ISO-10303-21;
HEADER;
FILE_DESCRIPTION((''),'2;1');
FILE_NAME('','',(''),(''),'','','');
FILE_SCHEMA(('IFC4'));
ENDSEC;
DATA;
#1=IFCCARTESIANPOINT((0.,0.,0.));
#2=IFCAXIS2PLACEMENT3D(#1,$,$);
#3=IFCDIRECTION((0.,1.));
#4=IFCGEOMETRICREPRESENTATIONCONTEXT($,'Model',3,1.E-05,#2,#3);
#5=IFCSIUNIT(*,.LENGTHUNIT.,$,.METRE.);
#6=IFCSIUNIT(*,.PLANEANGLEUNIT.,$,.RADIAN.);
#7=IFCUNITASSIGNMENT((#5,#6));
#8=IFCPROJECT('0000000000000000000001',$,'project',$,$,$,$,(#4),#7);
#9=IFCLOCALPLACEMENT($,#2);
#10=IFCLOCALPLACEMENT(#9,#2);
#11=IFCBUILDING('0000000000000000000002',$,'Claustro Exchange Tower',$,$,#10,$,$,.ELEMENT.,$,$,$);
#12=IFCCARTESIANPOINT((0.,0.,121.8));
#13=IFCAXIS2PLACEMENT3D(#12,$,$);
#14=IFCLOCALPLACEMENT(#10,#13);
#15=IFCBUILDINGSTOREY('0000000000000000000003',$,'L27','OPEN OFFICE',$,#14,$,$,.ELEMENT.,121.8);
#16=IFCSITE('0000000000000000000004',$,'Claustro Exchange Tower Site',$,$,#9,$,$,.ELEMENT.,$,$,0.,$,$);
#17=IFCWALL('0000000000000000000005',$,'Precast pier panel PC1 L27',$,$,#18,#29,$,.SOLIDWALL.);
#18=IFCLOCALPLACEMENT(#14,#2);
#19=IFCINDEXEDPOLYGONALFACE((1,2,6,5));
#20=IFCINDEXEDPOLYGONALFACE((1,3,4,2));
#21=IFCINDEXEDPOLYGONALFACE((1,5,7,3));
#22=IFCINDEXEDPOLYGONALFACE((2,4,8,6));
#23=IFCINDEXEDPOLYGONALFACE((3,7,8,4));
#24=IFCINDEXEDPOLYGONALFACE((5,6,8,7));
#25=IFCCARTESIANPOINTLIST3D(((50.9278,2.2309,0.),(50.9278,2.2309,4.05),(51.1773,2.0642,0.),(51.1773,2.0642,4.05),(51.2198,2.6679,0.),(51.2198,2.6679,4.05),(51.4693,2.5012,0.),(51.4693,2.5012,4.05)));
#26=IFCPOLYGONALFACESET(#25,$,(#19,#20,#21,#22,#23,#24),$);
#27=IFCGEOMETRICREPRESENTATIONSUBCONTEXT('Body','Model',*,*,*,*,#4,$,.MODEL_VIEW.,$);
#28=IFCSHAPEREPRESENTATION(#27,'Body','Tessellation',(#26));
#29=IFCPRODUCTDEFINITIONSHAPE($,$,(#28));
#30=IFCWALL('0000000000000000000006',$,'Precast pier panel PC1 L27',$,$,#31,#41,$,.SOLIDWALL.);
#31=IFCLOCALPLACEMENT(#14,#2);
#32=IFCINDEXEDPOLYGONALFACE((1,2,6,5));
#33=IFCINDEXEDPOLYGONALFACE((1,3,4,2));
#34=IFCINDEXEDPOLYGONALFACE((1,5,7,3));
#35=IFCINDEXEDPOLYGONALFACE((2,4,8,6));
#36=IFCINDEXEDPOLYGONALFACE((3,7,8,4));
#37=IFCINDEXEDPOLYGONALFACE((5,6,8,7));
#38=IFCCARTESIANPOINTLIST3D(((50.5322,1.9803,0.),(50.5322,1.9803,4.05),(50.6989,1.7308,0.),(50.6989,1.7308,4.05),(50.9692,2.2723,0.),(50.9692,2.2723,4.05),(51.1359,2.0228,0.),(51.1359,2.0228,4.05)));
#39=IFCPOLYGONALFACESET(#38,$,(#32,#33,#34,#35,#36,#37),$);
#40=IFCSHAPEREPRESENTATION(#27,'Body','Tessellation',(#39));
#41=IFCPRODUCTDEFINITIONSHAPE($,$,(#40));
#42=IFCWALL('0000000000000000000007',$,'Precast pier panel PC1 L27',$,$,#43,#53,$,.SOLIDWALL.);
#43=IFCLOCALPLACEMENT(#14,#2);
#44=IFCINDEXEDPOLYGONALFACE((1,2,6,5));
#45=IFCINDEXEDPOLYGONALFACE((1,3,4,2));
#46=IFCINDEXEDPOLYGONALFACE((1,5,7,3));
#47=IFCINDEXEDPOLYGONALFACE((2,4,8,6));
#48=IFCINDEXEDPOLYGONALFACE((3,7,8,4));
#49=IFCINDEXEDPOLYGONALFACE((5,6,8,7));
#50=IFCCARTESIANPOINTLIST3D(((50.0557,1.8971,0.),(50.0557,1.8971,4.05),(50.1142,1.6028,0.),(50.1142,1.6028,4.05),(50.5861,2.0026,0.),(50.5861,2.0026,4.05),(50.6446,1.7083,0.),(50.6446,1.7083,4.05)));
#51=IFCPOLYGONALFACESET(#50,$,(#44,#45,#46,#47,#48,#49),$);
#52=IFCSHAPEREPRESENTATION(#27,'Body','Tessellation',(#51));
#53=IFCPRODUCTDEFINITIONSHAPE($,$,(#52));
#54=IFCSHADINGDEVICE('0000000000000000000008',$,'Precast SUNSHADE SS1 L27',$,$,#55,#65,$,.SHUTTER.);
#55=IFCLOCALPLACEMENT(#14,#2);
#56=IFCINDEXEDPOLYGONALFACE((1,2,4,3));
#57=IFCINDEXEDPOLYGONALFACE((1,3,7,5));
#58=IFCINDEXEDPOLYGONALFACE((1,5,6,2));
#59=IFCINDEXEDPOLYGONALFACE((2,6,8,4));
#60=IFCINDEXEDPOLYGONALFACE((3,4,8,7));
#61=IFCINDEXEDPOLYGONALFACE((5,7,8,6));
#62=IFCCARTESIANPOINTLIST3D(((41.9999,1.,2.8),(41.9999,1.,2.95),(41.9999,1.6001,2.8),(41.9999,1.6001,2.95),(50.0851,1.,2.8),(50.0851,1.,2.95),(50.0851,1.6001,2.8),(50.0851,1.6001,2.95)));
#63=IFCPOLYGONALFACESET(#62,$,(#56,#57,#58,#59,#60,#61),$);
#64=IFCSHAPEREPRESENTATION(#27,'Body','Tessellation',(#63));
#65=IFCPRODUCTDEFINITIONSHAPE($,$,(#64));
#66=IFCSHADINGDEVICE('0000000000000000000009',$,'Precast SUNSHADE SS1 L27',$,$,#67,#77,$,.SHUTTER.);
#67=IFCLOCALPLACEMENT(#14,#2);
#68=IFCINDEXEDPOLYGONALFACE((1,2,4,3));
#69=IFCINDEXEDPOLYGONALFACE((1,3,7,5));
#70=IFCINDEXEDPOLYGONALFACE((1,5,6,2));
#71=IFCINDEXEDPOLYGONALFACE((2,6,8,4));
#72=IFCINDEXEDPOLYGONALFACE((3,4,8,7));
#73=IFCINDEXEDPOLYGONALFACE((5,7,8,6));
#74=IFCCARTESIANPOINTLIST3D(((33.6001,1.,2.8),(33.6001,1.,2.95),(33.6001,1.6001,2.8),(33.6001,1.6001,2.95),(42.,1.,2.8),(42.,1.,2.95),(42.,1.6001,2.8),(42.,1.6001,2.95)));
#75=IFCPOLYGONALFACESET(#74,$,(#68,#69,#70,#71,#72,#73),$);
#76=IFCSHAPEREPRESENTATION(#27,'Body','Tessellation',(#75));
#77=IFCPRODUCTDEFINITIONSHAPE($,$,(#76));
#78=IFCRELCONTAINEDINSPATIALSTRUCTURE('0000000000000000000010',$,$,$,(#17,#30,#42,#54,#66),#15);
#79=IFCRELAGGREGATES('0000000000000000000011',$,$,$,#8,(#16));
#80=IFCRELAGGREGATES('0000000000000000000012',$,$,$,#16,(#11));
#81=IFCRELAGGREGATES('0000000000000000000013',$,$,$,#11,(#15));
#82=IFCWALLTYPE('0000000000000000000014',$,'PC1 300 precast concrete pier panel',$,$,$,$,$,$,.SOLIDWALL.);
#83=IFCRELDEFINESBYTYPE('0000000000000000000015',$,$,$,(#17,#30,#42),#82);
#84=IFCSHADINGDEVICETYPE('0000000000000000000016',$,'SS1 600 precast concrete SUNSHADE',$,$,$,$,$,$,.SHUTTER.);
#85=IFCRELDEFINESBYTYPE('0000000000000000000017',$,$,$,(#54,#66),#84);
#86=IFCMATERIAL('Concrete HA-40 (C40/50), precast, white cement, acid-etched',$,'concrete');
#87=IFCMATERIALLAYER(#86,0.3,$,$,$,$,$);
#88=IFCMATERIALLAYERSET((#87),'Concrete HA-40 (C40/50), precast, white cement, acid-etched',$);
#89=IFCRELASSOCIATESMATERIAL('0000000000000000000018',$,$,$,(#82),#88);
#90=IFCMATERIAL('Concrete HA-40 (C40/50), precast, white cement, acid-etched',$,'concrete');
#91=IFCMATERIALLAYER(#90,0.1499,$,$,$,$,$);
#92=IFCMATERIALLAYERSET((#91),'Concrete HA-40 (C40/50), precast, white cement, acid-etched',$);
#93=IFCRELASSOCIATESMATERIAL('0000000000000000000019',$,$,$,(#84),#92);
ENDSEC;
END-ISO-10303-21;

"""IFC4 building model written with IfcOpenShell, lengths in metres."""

from ifc_helpers import new_model, si_unit, direction, frame, frame_2d, origin, origin_2d, place, context, subcontext, project, spatial, rectangle, extrude, material, layer, layer_set, type_object, element, save


model = new_model("IFC4")

# Units and contexts
model_context = context("Model", 3, precision=1e-05, world=origin(), true_north=direction((0.0, 1.0)))
body_context = subcontext(model_context, "Body", "Model", "MODEL_VIEW")
ifc_project = project(units=[si_unit("LENGTHUNIT", "METRE"), si_unit("PLANEANGLEUNIT", "RADIAN")], contexts=[model_context])

# Site, building, storey
site_placement = place(None, origin())
site = spatial("IfcSite", under=ifc_project, at=site_placement, Name="Claustro Exchange Tower Site", CompositionType="ELEMENT", RefElevation=0.0)
building_placement = place(site_placement, origin())
building = spatial("IfcBuilding", under=site, at=building_placement, Name="Claustro Exchange Tower", CompositionType="ELEMENT")
storey_placement = place(building_placement, frame((0.0, 0.0, 121.8)))
storey = spatial("IfcBuildingStorey", under=building, at=storey_placement, Name="L27", Description="OPEN OFFICE", CompositionType="ELEMENT", Elevation=121.8)

# Shared definitions
ifc_material_1 = material(Name="Concrete HA-40 (C40/50), precast, white cement, acid-etched", Category="concrete")
ifc_layer_1 = layer(ifc_material_1, 0.3)
ifc_layer_set_1 = layer_set([ifc_layer_1], Name="Concrete HA-40 (C40/50), precast, white cement, acid-etched")
wall_type_1 = type_object("IfcWallType", Name="PC1 300 precast concrete pier panel", PredefinedType="SOLIDWALL", material=ifc_layer_set_1)

# Walls
for number, where, z_axis, x_axis, name in (
    (1, (51.3445, 2.5845, 0.0), (0.0, 0.0, 1.0), (-0.555557, -0.831478, 0.0), "Precast pier panel PC1 L27"),
    (2, (51.0525, 2.1475, 0.0), (0.0, 0.0, 1.0), (-0.831478, -0.555557, 0.0), "Precast pier panel PC1 L27"),
):
    element("IfcWall", number, at=place(storey_placement, frame(where, z_axis=z_axis, x_axis=x_axis)), inside=storey, type_object=wall_type_1, Name=name, PredefinedType="SOLIDWALL", context=body_context, shape_type="SweptSolid", body=[
        extrude(rectangle(XDim=0.5256, YDim=0.3, at=frame_2d((0.2627, 0.0))), origin(), (0.0, 0.0, 1.0), 4.05),
    ])
wall_1_placement = place(storey_placement, frame((50.6155, 1.8555, 0.0), z_axis=(0.0, 0.0, 1.0), x_axis=(-0.980789, -0.195074, 0.0)))
element("IfcWall", 3, at=wall_1_placement, inside=storey, type_object=wall_type_1, Name="Precast pier panel PC1 L27", PredefinedType="SOLIDWALL", context=body_context, shape_type="SweptSolid", body=[
    extrude(rectangle(XDim=0.5408, YDim=0.3, at=frame_2d((0.2705, 0.0))), origin(), (0.0, 0.0, 1.0), 4.05),
])

# Shading devices
ifc_material_2 = material(Name="Concrete HA-40 (C40/50), precast, white cement, acid-etched", Category="concrete")
ifc_layer_2 = layer(ifc_material_2, 0.1499)
ifc_layer_set_2 = layer_set([ifc_layer_2], Name="Concrete HA-40 (C40/50), precast, white cement, acid-etched")
shading_device_type = type_object("IfcShadingDeviceType", Name="SS1 600 precast concrete SUNSHADE", PredefinedType="SHUTTER", material=ifc_layer_set_2)
shading_device_1_placement = place(storey_placement, frame((46.0425, 1.3, 2.8), z_axis=(0.0, 0.0, 1.0), x_axis=(-1.0, 0.0, 0.0)))
element("IfcShadingDevice", 4, at=shading_device_1_placement, inside=storey, type_object=shading_device_type, Name="Precast SUNSHADE SS1 L27", PredefinedType="SHUTTER", context=body_context, shape_type="SweptSolid", body=[
    extrude(rectangle(XDim=8.0852, YDim=0.6001, at=origin_2d()), origin(), (0.0, 0.0, 1.0), 0.1499),
])
shading_device_2_placement = place(storey_placement, frame((37.8, 1.3, 2.8), z_axis=(0.0, 0.0, 1.0), x_axis=(-1.0, 0.0, 0.0)))
element("IfcShadingDevice", 5, at=shading_device_2_placement, inside=storey, type_object=shading_device_type, Name="Precast SUNSHADE SS1 L27", PredefinedType="SHUTTER", context=body_context, shape_type="SweptSolid", body=[
    extrude(rectangle(XDim=8.3999, YDim=0.6001, at=origin_2d()), origin(), (0.0, 0.0, 1.0), 0.1499),
])

save(model, "model.ifc")
